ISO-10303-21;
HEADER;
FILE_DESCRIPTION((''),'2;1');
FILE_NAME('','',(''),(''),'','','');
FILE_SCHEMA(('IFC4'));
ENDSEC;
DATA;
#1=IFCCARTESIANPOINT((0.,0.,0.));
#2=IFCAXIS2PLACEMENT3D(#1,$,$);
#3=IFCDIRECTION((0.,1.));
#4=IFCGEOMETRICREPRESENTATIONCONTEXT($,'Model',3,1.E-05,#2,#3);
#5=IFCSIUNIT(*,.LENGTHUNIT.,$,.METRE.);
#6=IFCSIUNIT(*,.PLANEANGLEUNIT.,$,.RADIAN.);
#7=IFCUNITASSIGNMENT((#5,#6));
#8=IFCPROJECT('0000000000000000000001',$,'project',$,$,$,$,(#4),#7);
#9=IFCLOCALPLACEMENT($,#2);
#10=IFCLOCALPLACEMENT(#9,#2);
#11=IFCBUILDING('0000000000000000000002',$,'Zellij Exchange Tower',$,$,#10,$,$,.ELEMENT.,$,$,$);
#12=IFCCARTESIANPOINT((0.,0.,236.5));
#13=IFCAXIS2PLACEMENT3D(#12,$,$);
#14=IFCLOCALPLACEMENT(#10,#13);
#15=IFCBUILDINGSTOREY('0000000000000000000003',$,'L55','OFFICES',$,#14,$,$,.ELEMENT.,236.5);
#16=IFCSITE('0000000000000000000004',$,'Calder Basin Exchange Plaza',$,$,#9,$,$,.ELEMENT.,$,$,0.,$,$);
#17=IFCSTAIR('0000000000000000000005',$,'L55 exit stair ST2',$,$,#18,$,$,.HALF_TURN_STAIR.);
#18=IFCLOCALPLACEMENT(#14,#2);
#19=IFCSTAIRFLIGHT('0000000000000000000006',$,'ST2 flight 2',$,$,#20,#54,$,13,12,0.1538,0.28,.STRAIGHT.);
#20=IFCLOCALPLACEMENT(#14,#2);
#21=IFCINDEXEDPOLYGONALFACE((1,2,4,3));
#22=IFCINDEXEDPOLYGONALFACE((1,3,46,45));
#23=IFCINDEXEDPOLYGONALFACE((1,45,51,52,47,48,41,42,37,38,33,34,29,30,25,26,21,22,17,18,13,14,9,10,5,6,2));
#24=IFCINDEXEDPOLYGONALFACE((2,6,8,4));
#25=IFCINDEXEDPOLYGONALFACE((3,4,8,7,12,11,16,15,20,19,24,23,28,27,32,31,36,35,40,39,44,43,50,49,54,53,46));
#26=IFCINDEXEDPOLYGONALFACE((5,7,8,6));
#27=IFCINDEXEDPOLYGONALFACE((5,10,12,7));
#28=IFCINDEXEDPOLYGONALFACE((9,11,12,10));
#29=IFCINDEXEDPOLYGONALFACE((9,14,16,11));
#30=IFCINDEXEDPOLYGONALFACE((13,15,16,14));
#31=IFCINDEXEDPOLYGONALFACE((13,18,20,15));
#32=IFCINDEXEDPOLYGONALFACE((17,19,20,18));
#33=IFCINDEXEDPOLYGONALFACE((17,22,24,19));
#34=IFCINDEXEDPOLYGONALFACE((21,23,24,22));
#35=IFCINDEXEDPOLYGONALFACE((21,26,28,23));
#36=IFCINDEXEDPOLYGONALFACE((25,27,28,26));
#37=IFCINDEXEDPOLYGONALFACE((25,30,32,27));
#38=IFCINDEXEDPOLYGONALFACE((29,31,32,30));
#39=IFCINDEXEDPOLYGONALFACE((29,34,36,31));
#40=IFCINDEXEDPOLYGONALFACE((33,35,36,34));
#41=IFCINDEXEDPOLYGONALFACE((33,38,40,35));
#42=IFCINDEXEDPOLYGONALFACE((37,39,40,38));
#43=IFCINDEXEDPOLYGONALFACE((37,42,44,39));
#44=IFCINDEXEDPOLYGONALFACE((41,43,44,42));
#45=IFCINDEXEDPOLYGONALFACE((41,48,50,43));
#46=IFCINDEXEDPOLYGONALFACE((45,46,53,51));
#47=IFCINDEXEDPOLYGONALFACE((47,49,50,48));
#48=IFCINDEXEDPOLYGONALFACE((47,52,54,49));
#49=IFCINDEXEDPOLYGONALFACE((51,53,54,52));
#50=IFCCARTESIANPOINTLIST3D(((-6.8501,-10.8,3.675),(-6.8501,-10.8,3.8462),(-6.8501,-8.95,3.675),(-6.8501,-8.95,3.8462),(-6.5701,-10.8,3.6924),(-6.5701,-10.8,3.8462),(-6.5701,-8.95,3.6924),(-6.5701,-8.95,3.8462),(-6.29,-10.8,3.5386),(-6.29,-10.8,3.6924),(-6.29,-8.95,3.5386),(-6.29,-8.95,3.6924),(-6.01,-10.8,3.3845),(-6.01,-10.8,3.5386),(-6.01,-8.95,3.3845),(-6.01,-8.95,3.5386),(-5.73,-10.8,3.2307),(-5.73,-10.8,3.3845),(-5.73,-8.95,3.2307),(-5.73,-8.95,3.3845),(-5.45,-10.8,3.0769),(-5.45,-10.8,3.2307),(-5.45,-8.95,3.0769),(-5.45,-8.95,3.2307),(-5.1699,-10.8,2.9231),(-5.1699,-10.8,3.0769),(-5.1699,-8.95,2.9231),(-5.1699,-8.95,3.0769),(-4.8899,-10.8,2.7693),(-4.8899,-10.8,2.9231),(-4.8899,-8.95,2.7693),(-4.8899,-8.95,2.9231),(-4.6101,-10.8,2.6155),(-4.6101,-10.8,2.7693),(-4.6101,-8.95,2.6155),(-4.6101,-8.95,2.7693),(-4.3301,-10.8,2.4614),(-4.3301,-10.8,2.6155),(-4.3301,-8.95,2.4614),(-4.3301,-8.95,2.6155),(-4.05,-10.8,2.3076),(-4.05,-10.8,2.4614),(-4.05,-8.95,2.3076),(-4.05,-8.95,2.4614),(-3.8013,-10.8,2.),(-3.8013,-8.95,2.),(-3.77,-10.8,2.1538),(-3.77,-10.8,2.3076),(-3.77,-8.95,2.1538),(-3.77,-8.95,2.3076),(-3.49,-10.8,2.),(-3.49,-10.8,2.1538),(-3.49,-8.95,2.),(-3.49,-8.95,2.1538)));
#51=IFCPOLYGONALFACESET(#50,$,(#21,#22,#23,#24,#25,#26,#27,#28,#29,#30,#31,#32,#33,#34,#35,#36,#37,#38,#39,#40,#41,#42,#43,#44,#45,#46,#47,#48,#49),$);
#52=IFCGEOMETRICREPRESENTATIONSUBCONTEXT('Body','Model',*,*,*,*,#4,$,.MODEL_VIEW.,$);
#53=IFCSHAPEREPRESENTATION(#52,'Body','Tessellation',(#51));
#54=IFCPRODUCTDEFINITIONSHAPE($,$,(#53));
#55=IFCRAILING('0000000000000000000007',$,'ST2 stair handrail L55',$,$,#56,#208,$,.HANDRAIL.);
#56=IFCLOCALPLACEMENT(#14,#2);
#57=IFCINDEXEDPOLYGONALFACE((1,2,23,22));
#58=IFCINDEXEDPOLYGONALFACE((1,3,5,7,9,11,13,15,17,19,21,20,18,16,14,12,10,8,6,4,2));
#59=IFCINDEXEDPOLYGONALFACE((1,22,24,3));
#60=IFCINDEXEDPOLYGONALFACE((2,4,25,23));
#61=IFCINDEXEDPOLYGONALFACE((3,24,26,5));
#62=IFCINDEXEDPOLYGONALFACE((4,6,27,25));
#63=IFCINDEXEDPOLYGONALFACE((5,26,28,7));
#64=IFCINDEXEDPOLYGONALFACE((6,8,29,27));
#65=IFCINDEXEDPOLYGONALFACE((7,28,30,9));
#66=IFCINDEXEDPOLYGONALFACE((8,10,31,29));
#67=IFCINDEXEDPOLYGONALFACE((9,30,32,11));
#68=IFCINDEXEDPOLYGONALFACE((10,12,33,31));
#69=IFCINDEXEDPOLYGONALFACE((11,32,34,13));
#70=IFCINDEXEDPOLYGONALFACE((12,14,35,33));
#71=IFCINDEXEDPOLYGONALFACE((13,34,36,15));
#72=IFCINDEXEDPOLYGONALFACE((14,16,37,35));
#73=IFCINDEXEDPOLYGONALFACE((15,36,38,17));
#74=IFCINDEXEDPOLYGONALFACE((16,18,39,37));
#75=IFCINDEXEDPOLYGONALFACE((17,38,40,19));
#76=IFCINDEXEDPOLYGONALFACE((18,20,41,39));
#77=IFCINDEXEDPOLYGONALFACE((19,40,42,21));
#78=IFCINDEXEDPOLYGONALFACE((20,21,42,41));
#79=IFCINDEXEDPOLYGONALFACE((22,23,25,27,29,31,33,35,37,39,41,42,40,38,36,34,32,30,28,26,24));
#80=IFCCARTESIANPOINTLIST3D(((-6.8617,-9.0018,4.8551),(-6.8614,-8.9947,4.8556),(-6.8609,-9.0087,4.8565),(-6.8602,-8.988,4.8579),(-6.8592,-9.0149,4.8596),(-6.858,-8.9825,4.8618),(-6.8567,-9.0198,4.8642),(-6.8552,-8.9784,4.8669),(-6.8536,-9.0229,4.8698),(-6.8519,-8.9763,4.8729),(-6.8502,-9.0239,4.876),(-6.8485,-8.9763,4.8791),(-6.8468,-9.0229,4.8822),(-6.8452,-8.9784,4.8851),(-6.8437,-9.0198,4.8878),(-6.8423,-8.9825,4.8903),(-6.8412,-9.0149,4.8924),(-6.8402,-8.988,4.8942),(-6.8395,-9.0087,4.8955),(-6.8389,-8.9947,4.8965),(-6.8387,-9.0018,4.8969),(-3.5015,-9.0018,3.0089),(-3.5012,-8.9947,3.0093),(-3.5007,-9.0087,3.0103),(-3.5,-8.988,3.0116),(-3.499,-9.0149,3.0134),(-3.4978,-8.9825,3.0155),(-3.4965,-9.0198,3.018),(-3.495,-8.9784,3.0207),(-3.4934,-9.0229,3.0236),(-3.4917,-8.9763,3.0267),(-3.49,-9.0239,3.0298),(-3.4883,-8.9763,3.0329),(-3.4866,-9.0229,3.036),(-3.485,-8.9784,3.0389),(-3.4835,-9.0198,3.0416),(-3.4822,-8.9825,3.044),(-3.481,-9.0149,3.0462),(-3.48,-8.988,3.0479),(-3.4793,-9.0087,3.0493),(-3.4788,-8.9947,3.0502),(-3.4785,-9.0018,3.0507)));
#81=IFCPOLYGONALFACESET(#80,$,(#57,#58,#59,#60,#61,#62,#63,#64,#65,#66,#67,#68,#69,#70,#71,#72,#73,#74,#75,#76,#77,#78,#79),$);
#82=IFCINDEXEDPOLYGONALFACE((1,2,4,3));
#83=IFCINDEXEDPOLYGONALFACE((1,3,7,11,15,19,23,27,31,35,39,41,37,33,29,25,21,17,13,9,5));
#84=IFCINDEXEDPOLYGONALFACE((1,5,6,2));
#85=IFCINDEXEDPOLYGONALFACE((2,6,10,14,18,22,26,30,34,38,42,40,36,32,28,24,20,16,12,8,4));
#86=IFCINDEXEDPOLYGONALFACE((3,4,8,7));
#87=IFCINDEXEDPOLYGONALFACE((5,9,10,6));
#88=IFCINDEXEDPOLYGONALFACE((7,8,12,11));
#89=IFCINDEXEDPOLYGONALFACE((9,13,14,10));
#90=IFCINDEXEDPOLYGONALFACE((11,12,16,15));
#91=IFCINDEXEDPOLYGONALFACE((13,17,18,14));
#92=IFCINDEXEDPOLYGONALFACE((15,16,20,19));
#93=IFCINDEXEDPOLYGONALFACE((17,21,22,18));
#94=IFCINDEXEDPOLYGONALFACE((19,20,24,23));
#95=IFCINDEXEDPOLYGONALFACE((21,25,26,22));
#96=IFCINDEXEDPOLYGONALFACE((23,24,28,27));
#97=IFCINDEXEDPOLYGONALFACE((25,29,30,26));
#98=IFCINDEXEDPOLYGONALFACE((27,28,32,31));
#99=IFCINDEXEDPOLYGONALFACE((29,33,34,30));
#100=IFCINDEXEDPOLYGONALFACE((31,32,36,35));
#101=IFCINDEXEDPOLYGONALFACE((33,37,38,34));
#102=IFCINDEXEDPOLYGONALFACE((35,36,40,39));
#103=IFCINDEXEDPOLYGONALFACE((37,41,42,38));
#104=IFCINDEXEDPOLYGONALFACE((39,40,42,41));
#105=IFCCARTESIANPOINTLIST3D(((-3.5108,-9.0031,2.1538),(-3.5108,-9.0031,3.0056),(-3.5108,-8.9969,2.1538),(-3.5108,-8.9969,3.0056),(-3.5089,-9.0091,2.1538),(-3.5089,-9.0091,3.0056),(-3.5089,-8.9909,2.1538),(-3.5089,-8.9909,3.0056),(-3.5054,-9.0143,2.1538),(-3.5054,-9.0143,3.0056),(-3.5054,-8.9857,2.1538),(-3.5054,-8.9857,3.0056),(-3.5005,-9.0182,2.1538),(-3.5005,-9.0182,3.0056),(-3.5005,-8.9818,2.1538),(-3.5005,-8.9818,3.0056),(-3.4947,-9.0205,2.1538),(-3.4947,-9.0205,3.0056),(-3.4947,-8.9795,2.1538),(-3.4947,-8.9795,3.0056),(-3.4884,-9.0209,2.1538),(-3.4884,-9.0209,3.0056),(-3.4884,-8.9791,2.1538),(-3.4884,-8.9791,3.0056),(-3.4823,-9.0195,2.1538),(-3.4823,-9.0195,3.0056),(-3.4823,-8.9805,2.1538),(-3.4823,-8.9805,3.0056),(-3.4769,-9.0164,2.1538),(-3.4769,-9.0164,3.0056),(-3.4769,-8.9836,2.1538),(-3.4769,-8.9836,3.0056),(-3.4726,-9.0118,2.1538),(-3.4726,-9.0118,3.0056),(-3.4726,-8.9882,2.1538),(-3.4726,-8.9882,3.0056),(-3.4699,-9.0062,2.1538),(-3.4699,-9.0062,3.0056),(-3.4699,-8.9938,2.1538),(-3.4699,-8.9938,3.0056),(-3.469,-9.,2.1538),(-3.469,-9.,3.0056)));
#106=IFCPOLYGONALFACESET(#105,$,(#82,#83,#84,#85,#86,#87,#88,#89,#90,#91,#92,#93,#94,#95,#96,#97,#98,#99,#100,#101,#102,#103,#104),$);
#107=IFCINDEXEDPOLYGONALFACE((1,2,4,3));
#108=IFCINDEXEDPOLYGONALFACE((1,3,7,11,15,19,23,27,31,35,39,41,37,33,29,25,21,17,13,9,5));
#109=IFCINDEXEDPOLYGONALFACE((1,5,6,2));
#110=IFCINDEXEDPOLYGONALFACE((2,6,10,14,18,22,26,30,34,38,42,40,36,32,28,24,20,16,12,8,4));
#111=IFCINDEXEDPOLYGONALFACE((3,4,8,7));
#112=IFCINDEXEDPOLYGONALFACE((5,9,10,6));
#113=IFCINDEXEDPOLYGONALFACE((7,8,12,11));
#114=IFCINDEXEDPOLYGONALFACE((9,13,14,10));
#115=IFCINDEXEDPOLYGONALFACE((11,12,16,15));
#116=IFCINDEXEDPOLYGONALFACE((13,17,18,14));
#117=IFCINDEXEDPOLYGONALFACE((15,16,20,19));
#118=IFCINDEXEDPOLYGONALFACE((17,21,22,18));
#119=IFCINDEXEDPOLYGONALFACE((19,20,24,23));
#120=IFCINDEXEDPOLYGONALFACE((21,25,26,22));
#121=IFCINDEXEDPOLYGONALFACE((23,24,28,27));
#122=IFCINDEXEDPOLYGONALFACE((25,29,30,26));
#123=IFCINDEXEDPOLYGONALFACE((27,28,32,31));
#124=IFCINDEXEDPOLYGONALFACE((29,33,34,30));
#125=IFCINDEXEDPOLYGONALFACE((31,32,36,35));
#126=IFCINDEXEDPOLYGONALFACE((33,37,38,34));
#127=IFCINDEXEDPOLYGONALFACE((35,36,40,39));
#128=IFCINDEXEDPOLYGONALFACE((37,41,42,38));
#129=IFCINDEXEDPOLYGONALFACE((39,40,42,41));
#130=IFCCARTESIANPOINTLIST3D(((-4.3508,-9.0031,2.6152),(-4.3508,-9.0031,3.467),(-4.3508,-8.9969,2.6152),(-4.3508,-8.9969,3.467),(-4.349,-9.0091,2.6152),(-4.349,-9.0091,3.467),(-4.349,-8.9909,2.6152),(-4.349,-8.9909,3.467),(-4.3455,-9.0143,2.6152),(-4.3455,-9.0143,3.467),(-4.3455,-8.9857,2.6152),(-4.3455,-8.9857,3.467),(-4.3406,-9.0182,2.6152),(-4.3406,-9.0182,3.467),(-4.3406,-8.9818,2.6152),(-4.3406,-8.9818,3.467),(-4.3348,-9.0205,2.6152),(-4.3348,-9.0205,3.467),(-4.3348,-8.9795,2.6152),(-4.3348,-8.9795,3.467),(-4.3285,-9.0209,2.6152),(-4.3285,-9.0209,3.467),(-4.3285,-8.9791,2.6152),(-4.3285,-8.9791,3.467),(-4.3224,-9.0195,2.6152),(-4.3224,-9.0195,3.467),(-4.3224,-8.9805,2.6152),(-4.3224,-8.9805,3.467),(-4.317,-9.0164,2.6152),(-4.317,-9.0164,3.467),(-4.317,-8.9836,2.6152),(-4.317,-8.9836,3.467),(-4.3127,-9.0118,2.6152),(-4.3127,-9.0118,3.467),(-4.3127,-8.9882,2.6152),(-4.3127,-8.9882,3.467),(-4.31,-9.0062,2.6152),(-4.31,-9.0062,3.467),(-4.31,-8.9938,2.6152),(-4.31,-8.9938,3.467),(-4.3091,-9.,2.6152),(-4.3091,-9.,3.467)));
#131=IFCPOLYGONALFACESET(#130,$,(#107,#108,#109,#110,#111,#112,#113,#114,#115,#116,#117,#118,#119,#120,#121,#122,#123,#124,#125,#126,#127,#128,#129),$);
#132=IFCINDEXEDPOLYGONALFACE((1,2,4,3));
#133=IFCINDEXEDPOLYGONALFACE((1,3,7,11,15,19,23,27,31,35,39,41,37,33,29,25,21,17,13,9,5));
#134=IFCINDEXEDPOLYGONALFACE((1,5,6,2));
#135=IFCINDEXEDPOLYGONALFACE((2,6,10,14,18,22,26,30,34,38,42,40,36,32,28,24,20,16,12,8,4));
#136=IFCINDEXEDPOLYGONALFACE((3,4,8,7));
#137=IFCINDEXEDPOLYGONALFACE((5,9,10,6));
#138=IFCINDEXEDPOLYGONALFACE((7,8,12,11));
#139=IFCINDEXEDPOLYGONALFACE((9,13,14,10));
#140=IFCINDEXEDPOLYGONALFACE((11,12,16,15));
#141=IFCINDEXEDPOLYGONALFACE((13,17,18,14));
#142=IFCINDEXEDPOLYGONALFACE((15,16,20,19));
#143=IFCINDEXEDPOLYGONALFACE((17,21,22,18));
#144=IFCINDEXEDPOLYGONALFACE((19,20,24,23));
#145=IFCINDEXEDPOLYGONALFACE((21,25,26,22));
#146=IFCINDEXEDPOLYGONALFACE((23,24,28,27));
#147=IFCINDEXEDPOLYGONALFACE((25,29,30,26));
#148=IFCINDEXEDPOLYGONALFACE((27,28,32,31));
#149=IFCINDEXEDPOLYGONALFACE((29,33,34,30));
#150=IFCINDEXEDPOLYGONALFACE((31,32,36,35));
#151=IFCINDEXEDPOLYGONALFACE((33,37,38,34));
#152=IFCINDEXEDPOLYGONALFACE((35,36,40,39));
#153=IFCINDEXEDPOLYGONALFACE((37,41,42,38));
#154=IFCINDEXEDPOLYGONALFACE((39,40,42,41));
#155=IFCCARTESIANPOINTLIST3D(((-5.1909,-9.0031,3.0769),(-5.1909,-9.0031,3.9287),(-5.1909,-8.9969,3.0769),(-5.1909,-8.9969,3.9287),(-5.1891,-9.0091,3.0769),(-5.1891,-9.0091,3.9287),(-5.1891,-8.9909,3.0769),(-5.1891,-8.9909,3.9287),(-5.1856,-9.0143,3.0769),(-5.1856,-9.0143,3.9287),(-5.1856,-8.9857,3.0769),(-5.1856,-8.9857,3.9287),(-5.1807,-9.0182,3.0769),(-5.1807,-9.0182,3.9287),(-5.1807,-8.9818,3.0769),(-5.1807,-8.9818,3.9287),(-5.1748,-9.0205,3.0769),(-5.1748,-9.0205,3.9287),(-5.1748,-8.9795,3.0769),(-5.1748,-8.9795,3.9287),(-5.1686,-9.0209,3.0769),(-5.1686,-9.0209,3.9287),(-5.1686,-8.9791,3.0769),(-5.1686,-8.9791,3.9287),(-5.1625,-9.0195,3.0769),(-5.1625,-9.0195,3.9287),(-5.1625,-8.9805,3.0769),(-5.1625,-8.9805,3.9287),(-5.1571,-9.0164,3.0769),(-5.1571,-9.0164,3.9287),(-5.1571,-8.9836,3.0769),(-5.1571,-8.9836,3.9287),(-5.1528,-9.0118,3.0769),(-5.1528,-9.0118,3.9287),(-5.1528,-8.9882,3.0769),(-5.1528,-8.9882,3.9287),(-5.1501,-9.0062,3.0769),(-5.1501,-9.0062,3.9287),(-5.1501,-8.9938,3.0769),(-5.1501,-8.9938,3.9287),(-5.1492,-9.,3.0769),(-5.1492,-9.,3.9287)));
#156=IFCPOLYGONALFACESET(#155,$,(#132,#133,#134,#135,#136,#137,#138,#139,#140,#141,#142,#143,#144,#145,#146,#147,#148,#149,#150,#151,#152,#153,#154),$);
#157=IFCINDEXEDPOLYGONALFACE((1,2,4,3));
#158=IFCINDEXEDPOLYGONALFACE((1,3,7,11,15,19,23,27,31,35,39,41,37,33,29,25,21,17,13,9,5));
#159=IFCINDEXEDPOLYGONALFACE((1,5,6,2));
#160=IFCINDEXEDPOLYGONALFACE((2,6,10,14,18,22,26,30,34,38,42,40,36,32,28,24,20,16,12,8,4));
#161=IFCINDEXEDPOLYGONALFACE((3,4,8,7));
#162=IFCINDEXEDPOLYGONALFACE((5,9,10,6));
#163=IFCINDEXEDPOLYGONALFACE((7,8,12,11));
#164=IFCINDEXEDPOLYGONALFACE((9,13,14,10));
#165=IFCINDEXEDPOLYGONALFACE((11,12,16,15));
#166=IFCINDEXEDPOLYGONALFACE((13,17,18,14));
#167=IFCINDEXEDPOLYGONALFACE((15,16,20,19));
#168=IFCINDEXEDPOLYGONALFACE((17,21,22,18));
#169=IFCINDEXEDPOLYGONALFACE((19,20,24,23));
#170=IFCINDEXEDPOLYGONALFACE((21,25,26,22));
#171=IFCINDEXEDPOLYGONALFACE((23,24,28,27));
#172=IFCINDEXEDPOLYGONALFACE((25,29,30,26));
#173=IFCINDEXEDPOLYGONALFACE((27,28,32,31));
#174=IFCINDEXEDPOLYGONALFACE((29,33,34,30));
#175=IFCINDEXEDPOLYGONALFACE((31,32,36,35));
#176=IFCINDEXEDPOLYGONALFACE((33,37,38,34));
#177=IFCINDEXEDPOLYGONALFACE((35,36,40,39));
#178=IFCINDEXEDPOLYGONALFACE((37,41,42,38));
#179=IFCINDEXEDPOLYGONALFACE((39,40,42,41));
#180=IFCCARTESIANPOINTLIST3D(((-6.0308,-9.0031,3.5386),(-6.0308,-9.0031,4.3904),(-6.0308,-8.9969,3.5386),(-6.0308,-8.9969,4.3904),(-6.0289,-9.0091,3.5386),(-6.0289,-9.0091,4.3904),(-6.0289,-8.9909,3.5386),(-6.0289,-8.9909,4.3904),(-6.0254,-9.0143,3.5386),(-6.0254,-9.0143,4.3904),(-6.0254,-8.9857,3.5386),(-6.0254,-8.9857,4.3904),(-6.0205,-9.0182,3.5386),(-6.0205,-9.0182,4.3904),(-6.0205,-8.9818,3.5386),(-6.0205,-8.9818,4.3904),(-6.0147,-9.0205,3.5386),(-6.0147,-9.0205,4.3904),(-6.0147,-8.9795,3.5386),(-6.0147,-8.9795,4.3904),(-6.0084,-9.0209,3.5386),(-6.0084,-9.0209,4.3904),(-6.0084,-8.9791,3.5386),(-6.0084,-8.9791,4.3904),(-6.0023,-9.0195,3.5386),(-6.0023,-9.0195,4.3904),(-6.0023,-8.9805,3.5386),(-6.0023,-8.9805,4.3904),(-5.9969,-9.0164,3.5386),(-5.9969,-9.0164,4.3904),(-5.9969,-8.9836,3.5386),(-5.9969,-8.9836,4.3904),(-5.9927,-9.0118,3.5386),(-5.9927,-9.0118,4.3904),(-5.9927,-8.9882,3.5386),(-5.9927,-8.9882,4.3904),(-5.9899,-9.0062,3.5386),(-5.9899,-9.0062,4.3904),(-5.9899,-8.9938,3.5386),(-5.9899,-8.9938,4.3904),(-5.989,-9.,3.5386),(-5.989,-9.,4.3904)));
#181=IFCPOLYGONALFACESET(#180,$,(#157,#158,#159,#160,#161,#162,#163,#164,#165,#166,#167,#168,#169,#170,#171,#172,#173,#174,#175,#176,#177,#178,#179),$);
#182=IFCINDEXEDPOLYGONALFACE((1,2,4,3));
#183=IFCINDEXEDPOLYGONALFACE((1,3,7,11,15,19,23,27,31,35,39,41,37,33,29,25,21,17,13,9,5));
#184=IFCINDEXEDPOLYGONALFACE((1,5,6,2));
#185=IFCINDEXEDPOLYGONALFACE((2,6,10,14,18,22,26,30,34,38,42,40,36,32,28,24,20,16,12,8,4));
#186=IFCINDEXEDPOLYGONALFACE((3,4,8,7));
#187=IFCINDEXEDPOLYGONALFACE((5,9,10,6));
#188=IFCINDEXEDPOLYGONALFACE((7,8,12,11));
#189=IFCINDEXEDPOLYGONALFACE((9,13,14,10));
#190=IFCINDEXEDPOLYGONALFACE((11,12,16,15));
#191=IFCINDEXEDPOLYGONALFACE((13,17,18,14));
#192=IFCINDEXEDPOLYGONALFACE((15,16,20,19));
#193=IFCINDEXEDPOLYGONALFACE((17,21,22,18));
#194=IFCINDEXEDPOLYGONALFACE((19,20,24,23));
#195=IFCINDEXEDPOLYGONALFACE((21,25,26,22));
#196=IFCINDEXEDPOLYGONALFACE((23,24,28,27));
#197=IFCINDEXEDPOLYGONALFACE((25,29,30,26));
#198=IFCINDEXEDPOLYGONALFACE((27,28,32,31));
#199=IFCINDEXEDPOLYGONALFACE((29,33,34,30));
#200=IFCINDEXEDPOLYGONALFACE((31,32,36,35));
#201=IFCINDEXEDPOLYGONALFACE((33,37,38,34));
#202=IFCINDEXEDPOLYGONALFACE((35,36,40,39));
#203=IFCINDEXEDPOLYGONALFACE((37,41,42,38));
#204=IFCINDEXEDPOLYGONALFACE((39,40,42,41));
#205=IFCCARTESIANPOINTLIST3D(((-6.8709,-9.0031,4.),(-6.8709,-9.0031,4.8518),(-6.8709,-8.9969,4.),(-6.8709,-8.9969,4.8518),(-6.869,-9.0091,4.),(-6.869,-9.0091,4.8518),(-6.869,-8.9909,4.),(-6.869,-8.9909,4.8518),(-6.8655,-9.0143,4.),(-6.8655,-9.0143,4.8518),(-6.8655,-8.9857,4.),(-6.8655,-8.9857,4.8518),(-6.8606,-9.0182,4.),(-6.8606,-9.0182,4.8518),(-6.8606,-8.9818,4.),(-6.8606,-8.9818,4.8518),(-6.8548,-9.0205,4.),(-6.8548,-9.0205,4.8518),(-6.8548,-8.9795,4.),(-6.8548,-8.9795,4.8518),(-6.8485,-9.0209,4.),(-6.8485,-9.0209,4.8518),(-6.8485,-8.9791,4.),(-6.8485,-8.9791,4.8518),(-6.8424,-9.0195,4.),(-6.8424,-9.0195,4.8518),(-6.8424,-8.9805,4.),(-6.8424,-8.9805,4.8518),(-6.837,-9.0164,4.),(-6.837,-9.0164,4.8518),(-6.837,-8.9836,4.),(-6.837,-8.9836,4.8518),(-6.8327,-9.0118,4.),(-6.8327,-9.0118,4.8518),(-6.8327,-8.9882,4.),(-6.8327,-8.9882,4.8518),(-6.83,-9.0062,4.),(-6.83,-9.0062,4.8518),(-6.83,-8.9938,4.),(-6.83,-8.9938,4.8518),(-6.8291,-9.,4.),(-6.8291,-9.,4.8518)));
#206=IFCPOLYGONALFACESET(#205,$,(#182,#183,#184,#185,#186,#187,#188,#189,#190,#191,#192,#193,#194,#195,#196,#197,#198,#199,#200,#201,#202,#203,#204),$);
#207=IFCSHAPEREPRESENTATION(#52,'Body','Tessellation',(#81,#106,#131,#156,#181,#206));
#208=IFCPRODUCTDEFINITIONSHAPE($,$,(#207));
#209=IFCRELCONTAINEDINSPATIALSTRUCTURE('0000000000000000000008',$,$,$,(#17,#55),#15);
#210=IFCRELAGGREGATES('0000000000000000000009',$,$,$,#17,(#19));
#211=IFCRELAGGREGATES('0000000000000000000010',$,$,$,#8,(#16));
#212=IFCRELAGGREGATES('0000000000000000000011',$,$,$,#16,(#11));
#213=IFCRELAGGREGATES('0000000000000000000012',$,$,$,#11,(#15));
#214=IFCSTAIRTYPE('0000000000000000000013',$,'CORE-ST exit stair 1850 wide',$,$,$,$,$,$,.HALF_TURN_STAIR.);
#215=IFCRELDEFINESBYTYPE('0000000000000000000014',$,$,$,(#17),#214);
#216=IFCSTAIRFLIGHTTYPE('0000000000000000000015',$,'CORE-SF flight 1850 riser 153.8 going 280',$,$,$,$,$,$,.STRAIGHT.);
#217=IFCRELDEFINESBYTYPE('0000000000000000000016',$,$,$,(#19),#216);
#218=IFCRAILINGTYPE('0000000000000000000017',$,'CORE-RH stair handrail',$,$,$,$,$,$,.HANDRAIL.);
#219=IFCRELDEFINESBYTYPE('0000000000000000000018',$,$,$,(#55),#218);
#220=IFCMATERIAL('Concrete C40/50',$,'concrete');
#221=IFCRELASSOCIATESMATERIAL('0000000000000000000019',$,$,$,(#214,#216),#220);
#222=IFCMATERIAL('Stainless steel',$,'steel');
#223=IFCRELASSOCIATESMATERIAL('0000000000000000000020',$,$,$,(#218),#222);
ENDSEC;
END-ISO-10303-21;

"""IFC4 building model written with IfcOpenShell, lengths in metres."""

from ifc_helpers import new_model, si_unit, direction, frame, origin, origin_2d, place, context, subcontext, project, spatial, polyline, circle, outline, extrude, material, type_object, element, aggregate, save


model = new_model("IFC4")

# Units and contexts
model_context = context("Model", 3, precision=1e-05, world=origin(), true_north=direction((0.0, 1.0)))
body_context = subcontext(model_context, "Body", "Model", "MODEL_VIEW")
ifc_project = project(units=[si_unit("LENGTHUNIT", "METRE"), si_unit("PLANEANGLEUNIT", "RADIAN")], contexts=[model_context])

# Site, building, storey
site_placement = place(None, origin())
site = spatial("IfcSite", under=ifc_project, at=site_placement, Name="Calder Basin Exchange Plaza", CompositionType="ELEMENT", RefElevation=0.0)
building_placement = place(site_placement, origin())
building = spatial("IfcBuilding", under=site, at=building_placement, Name="Zellij Exchange Tower", CompositionType="ELEMENT")
storey_placement = place(building_placement, frame((0.0, 0.0, 236.5)))
storey = spatial("IfcBuildingStorey", under=building, at=storey_placement, Name="L55", Description="OFFICES", CompositionType="ELEMENT", Elevation=236.5)

# Shared definitions
ifc_material_1 = material(Name="Concrete C40/50", Category="concrete")

# Stair, stair flight
stair_type = type_object("IfcStairType", Name="CORE-ST exit stair 1850 wide", PredefinedType="HALF_TURN_STAIR", material=ifc_material_1)
stair_placement = place(storey_placement, origin())
stair = element("IfcStair", 1, at=stair_placement, inside=storey, type_object=stair_type, Name="L55 exit stair ST2", PredefinedType="HALF_TURN_STAIR")
stair_flight_type = type_object("IfcStairFlightType", Name="CORE-SF flight 1850 riser 153.8 going 280", PredefinedType="STRAIGHT", material=ifc_material_1)
stair_flight_placement = place(storey_placement, frame((-3.49, -9.875, 2.0), z_axis=(0.0, 0.0, 1.0), x_axis=(-1.0, 0.0, 0.0)))
stair_flight = element("IfcStairFlight", 2, at=stair_flight_placement, type_object=stair_flight_type, Name="ST2 flight 2", NumberOfRisers=13, NumberOfTreads=12, PredefinedType="STRAIGHT", RiserHeight=0.1538, TreadLength=0.28, context=body_context, shape_type="SweptSolid", body=[
    extrude(outline(polyline([(0.0, 0.0), (0.0, 0.1538), (0.28, 0.1538), (0.28, 0.3076), (0.5601, 0.3076), (0.5601, 0.4614), (0.8401, 0.4614), (0.8401, 0.6155), (1.1201, 0.6155), (1.1201, 0.7693), (1.3999, 0.7693), (1.3999, 0.9231), (1.6799, 0.9231), (1.6799, 1.0769), (1.96, 1.0769), (1.96, 1.2307), (2.24, 1.2307), (2.24, 1.3845), (2.52, 1.3845), (2.52, 1.5386), (2.8, 1.5386), (2.8, 1.6924), (3.0801, 1.6924), (3.0801, 1.8462), (3.3601, 1.8462), (3.3601, 2.0), (3.3601, 1.675), (0.3113, 0.0), (0.0, 0.0)])), frame((0.0, 0.925, 0.0), z_axis=(0.0, -1.0, 0.0), x_axis=(1.0, 0.0, 0.0)), (0.0, 0.0, 1.0), 1.8501),
])
aggregate(stair, [stair_flight])

# Railing
ifc_material_2 = material(Name="Stainless steel", Category="steel")
railing_type = type_object("IfcRailingType", Name="CORE-RH stair handrail", PredefinedType="HANDRAIL", material=ifc_material_2)
railing_placement = place(storey_placement, frame((-3.49, -9.0, 2.1538)))
element("IfcRailing", 3, at=railing_placement, inside=storey, type_object=railing_type, Name="ST2 stair handrail L55", PredefinedType="HANDRAIL", context=body_context, shape_type="SweptSolid", body=[
    extrude(circle(Radius=0.0239, at=origin_2d()), frame((0.0, 0.0, 0.876), z_axis=(-0.876422, 0.0, 0.481545), x_axis=(0.0, -1.0, 0.0)), (0.0, 0.0, 1.0), 3.834),
    extrude(circle(Radius=0.021, at=origin_2d()), origin(), (0.0, 0.0, 1.0), 0.8518),
    extrude(circle(Radius=0.021, at=origin_2d()), frame((-0.8401, 0.0, 0.4614)), (0.0, 0.0, 1.0), 0.8518),
    extrude(circle(Radius=0.021, at=origin_2d()), frame((-1.6802, 0.0, 0.9231)), (0.0, 0.0, 1.0), 0.8518),
    extrude(circle(Radius=0.021, at=origin_2d()), frame((-2.52, 0.0, 1.3848)), (0.0, 0.0, 1.0), 0.8518),
    extrude(circle(Radius=0.021, at=origin_2d()), frame((-3.3601, 0.0, 1.8462)), (0.0, 0.0, 1.0), 0.8518),
])

save(model, "model.ifc")
